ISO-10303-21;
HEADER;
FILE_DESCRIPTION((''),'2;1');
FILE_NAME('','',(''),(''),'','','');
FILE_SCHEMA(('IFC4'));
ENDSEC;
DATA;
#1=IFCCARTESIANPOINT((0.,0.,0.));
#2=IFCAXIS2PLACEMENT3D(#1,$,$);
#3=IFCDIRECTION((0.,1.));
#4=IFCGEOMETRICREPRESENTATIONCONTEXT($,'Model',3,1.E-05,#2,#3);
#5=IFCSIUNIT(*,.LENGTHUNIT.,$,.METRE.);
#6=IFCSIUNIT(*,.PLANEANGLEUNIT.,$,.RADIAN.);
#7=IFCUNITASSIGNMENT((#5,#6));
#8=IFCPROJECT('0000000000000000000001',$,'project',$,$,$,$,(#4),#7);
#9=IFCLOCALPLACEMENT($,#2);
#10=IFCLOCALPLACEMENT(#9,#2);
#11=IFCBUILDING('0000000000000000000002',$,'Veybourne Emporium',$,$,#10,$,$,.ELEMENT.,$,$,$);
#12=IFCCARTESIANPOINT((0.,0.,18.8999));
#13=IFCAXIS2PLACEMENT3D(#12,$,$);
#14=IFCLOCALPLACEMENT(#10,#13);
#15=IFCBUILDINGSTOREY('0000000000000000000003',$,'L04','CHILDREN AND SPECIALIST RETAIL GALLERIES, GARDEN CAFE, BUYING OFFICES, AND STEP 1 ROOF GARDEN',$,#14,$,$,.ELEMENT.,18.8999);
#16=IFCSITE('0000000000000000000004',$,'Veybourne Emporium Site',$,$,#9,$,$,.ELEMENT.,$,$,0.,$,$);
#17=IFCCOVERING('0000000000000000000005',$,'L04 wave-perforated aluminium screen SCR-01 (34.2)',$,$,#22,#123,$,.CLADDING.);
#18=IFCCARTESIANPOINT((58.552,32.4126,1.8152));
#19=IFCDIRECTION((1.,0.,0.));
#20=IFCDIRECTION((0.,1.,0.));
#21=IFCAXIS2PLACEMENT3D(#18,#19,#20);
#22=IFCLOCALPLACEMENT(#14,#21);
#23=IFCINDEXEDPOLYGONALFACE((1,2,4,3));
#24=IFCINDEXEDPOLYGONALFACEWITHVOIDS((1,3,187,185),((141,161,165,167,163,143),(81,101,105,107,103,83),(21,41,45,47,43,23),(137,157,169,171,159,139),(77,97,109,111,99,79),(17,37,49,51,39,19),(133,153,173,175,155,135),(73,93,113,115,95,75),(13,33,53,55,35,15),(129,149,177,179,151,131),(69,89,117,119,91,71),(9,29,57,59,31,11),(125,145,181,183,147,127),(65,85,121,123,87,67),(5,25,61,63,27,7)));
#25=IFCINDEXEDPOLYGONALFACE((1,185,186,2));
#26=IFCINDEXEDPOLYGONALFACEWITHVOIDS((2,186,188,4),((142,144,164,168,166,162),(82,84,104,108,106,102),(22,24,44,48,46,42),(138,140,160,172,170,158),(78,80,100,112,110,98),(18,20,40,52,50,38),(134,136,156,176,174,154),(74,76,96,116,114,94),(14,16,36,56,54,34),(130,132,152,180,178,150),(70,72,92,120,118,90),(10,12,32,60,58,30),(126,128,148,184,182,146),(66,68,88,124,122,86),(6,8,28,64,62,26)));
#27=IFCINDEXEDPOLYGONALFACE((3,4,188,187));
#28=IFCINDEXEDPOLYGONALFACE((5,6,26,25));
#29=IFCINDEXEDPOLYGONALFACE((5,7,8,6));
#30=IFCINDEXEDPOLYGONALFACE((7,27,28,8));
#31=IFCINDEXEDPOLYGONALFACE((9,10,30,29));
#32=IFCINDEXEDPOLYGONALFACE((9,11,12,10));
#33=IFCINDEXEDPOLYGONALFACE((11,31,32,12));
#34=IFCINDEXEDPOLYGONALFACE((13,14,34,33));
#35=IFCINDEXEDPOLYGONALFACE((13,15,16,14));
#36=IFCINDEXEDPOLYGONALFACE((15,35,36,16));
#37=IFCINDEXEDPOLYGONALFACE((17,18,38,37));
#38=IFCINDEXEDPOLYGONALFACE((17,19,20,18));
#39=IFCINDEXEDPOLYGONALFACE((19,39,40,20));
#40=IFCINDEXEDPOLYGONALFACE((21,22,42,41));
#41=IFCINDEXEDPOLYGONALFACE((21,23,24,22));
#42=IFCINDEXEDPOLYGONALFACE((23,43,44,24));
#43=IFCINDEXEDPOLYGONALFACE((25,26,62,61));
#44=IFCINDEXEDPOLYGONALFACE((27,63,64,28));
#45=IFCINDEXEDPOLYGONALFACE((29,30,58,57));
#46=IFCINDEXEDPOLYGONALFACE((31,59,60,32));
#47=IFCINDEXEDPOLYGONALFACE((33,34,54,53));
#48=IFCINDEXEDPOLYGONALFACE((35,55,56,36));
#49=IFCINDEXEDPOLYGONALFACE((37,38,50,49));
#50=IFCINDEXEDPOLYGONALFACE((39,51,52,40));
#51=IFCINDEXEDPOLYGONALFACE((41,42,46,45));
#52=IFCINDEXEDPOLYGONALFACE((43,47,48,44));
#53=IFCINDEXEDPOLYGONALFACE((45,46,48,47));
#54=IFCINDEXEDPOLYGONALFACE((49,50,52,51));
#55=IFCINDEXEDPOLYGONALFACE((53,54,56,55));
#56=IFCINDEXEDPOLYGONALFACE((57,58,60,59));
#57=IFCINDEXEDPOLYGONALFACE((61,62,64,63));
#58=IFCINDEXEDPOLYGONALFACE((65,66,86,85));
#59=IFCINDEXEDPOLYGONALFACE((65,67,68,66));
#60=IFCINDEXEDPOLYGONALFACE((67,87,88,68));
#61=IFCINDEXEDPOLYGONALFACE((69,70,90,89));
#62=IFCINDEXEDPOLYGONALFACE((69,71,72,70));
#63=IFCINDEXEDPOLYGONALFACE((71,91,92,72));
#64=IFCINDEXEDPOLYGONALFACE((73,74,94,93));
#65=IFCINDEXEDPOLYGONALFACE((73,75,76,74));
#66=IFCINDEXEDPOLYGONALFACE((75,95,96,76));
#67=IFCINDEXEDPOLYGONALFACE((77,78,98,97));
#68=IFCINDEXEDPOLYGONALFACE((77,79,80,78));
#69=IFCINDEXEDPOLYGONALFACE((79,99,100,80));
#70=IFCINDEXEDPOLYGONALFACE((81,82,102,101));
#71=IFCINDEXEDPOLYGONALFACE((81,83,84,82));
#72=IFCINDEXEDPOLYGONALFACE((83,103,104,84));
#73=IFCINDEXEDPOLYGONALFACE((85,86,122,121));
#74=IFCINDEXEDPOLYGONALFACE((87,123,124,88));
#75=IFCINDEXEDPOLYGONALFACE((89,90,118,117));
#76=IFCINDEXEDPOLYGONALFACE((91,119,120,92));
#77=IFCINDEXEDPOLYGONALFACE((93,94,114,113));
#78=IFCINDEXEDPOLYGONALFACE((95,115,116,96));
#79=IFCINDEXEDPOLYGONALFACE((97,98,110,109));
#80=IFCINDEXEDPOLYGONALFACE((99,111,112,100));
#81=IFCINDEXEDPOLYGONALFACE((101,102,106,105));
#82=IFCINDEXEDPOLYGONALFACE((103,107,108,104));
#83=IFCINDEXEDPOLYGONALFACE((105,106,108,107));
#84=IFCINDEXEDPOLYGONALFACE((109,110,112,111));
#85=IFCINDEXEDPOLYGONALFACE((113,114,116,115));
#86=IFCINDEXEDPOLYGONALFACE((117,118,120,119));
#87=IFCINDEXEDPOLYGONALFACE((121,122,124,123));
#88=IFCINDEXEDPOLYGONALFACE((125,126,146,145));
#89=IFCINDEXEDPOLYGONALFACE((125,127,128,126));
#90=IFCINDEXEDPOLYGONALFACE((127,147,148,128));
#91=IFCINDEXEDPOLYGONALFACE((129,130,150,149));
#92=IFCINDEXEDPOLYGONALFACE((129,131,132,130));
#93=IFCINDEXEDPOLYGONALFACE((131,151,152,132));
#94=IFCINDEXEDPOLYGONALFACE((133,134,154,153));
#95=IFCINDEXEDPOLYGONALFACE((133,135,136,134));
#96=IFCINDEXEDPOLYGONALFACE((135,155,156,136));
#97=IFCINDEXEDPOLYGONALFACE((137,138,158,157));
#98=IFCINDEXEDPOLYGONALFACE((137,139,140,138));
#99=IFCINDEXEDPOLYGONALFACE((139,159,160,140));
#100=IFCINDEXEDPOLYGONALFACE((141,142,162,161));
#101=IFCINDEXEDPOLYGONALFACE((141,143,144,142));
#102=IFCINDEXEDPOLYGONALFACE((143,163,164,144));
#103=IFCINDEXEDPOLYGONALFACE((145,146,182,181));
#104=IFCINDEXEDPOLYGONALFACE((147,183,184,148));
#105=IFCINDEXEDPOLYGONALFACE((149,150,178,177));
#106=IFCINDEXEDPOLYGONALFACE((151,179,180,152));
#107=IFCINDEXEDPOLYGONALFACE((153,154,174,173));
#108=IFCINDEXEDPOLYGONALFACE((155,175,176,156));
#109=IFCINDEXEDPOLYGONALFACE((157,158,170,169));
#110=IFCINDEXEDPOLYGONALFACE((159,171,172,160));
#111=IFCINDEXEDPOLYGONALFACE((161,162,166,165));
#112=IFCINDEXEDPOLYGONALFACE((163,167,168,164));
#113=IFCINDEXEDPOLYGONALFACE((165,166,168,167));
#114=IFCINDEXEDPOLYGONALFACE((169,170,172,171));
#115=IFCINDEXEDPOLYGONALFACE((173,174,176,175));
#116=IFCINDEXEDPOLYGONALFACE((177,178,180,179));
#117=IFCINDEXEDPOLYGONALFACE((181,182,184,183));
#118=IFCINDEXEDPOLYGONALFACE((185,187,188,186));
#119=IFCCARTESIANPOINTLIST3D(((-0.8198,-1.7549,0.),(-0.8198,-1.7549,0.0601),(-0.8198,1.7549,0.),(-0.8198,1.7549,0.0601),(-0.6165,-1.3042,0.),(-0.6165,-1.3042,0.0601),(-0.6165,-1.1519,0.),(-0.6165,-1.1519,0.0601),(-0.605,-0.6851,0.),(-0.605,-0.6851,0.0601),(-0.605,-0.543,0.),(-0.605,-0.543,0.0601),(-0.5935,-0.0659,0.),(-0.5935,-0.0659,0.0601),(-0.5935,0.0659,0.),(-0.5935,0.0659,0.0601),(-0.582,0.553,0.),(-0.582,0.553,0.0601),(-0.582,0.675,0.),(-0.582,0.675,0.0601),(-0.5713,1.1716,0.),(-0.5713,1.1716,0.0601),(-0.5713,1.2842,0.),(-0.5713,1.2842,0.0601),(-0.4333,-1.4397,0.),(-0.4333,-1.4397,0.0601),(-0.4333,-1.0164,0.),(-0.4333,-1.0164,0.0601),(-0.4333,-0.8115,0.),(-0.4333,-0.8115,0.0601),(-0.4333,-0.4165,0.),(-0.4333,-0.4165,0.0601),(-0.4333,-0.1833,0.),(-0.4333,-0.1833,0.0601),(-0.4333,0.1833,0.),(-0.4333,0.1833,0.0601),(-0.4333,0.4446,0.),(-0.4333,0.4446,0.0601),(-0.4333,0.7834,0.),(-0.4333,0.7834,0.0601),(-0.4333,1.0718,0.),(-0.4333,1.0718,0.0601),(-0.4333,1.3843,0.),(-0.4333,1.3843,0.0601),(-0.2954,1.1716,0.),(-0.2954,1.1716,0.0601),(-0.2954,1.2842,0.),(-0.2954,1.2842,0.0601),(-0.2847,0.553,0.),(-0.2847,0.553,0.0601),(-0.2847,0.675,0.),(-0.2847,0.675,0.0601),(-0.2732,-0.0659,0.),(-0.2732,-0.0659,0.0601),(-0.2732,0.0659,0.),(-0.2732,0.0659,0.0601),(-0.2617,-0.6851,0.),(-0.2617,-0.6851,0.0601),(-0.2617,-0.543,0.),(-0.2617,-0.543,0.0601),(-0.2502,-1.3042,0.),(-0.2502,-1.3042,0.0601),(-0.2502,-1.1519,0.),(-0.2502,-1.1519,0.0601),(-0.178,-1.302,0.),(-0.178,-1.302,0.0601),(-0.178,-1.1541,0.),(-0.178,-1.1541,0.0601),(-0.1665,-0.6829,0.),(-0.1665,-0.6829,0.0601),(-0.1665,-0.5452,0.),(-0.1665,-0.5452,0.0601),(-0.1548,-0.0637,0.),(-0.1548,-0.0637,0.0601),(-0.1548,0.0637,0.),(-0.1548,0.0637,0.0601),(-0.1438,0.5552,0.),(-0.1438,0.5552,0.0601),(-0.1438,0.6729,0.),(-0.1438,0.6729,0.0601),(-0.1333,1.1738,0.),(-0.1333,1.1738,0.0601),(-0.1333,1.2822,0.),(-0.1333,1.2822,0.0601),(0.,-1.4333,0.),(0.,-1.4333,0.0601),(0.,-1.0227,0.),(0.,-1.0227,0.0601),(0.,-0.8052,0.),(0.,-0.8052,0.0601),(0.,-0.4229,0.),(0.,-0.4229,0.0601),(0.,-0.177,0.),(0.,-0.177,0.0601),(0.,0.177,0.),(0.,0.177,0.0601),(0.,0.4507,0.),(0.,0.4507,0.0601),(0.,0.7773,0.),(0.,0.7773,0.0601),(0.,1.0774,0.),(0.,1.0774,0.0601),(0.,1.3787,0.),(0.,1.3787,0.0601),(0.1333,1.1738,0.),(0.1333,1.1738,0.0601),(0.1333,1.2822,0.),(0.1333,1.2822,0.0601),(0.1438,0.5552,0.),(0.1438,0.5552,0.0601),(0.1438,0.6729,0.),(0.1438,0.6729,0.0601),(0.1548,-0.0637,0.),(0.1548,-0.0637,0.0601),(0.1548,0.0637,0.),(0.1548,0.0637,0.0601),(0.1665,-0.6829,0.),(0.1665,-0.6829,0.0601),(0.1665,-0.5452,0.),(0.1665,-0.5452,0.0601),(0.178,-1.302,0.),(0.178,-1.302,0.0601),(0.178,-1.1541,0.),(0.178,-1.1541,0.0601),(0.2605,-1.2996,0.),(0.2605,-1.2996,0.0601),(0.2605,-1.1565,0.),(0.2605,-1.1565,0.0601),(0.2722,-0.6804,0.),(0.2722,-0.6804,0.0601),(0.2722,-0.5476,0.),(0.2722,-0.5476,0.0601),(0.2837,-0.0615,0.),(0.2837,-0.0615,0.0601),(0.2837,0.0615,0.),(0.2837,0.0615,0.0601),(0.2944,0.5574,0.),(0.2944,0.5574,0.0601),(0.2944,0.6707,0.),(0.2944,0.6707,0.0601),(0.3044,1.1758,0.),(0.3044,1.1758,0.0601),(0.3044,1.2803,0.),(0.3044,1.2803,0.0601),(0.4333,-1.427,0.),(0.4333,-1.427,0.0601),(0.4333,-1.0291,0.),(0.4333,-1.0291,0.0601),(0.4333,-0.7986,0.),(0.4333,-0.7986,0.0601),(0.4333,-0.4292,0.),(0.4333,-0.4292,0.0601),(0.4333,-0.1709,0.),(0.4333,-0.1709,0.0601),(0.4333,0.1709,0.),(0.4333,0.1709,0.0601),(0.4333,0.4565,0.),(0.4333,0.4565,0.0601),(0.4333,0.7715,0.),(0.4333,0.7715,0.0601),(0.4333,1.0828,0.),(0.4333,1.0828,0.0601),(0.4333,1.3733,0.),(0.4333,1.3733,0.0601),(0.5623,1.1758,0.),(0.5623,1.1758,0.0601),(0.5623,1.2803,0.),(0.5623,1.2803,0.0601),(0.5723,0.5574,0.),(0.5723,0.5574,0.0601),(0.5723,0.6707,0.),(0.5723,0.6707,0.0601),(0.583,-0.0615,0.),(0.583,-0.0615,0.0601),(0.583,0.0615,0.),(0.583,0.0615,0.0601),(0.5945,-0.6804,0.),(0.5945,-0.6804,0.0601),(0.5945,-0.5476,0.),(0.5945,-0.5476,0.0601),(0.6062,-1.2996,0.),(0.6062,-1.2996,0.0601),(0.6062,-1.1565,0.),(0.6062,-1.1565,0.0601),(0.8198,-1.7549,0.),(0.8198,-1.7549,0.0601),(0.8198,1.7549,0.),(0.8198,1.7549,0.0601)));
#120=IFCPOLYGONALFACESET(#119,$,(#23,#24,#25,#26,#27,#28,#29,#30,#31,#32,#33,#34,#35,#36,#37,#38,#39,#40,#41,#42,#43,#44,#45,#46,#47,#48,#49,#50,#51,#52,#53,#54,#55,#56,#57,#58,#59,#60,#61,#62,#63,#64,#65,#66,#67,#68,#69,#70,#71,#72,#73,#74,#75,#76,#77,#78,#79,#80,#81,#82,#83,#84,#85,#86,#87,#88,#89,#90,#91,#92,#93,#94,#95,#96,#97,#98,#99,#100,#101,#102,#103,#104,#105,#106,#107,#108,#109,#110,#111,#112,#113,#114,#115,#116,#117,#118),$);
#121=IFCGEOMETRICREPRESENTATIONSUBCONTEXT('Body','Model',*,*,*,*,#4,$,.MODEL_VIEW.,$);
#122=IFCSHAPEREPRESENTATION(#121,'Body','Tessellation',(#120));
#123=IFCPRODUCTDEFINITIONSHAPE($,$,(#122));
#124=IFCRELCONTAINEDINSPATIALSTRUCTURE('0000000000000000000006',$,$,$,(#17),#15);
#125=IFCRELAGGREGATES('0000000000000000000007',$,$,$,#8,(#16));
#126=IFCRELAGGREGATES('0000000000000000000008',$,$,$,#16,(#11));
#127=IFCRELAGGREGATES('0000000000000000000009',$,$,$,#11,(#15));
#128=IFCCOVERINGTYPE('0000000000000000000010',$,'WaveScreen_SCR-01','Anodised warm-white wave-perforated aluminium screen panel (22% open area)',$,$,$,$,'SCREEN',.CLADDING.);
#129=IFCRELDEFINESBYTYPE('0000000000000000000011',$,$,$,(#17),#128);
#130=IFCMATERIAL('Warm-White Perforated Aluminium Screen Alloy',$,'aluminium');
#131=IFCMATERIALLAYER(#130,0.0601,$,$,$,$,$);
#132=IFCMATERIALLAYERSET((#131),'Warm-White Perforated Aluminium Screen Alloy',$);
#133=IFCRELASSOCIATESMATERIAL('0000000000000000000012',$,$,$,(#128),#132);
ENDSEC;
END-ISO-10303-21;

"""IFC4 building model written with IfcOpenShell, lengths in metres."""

from ifc_helpers import new_model, si_unit, direction, frame, origin, place, context, subcontext, project, spatial, polyline, outline, extrude, material, layer, layer_set, type_object, element, save


model = new_model("IFC4")

# Units and contexts
model_context = context("Model", 3, precision=1e-05, world=origin(), true_north=direction((0.0, 1.0)))
body_context = subcontext(model_context, "Body", "Model", "MODEL_VIEW")
ifc_project = project(units=[si_unit("LENGTHUNIT", "METRE"), si_unit("PLANEANGLEUNIT", "RADIAN")], contexts=[model_context])

# Site, building, storey
site_placement = place(None, origin())
site = spatial("IfcSite", under=ifc_project, at=site_placement, Name="Veybourne Emporium Site", CompositionType="ELEMENT", RefElevation=0.0)
building_placement = place(site_placement, origin())
building = spatial("IfcBuilding", under=site, at=building_placement, Name="Veybourne Emporium", CompositionType="ELEMENT")
storey_placement = place(building_placement, frame((0.0, 0.0, 18.8999)))
storey = spatial("IfcBuildingStorey", under=building, at=storey_placement, Name="L04", Description="CHILDREN AND SPECIALIST RETAIL GALLERIES, GARDEN CAFE, BUYING OFFICES, AND STEP 1 ROOF GARDEN", CompositionType="ELEMENT", Elevation=18.8999)

# Covering
ifc_material_1 = material(Name="Warm-White Perforated Aluminium Screen Alloy", Category="aluminium")
ifc_layer_1 = layer(ifc_material_1, 0.0601)
ifc_layer_set_1 = layer_set([ifc_layer_1], Name="Warm-White Perforated Aluminium Screen Alloy")
covering_type_1 = type_object("IfcCoveringType", Name="WaveScreen_SCR-01", Description="Anodised warm-white wave-perforated aluminium screen panel (22% open area)", ElementType="SCREEN", PredefinedType="CLADDING", material=ifc_layer_set_1)
covering_1_placement = place(storey_placement, frame((58.552, 32.4126, 1.8152), z_axis=(1.0, 0.0, 0.0), x_axis=(0.0, 1.0, 0.0)))
element("IfcCovering", 1, at=covering_1_placement, inside=storey, type_object=covering_type_1, Name="L04 wave-perforated aluminium screen SCR-01 (34.2)", PredefinedType="CLADDING", context=body_context, shape_type="SweptSolid", body=[
    extrude(outline(polyline([(-0.8198, -1.7549), (0.8198, -1.7549), (0.8198, 1.7549), (-0.8198, 1.7549), (-0.8198, -1.7549)]), holes=[polyline([(-0.4333, -1.0164), (-0.2502, -1.1519), (-0.2502, -1.3042), (-0.4333, -1.4397), (-0.6165, -1.3042), (-0.6165, -1.1519), (-0.4333, -1.0164)]), polyline([(-0.4333, -0.4165), (-0.2617, -0.543), (-0.2617, -0.6851), (-0.4333, -0.8115), (-0.605, -0.6851), (-0.605, -0.543), (-0.4333, -0.4165)]), polyline([(-0.4333, 0.1833), (-0.2732, 0.0659), (-0.2732, -0.0659), (-0.4333, -0.1833), (-0.5935, -0.0659), (-0.5935, 0.0659), (-0.4333, 0.1833)]), polyline([(-0.4333, 0.7834), (-0.2847, 0.675), (-0.2847, 0.553), (-0.4333, 0.4446), (-0.582, 0.553), (-0.582, 0.675), (-0.4333, 0.7834)]), polyline([(-0.4333, 1.3843), (-0.2954, 1.2842), (-0.2954, 1.1716), (-0.4333, 1.0718), (-0.5713, 1.1716), (-0.5713, 1.2842), (-0.4333, 1.3843)]), polyline([(0.0, -1.0227), (0.178, -1.1541), (0.178, -1.302), (0.0, -1.4333), (-0.178, -1.302), (-0.178, -1.1541), (0.0, -1.0227)]), polyline([(0.0, -0.4229), (0.1665, -0.5452), (0.1665, -0.6829), (0.0, -0.8052), (-0.1665, -0.6829), (-0.1665, -0.5452), (0.0, -0.4229)]), polyline([(0.0, 0.177), (0.1548, 0.0637), (0.1548, -0.0637), (0.0, -0.177), (-0.1548, -0.0637), (-0.1548, 0.0637), (0.0, 0.177)]), polyline([(0.0, 0.7773), (0.1438, 0.6729), (0.1438, 0.5552), (0.0, 0.4507), (-0.1438, 0.5552), (-0.1438, 0.6729), (0.0, 0.7773)]), polyline([(0.0, 1.3787), (0.1333, 1.2822), (0.1333, 1.1738), (0.0, 1.0774), (-0.1333, 1.1738), (-0.1333, 1.2822), (0.0, 1.3787)]), polyline([(0.4333, -1.0291), (0.6062, -1.1565), (0.6062, -1.2996), (0.4333, -1.427), (0.2605, -1.2996), (0.2605, -1.1565), (0.4333, -1.0291)]), polyline([(0.4333, -0.4292), (0.5945, -0.5476), (0.5945, -0.6804), (0.4333, -0.7986), (0.2722, -0.6804), (0.2722, -0.5476), (0.4333, -0.4292)]), polyline([(0.4333, 0.1709), (0.583, 0.0615), (0.583, -0.0615), (0.4333, -0.1709), (0.2837, -0.0615), (0.2837, 0.0615), (0.4333, 0.1709)]), polyline([(0.4333, 0.7715), (0.5723, 0.6707), (0.5723, 0.5574), (0.4333, 0.4565), (0.2944, 0.5574), (0.2944, 0.6707), (0.4333, 0.7715)]), polyline([(0.4333, 1.3733), (0.5623, 1.2803), (0.5623, 1.1758), (0.4333, 1.0828), (0.3044, 1.1758), (0.3044, 1.2803), (0.4333, 1.3733)])]), origin(), (0.0, 0.0, 1.0), 0.0601),
])

save(model, "model.ifc")
